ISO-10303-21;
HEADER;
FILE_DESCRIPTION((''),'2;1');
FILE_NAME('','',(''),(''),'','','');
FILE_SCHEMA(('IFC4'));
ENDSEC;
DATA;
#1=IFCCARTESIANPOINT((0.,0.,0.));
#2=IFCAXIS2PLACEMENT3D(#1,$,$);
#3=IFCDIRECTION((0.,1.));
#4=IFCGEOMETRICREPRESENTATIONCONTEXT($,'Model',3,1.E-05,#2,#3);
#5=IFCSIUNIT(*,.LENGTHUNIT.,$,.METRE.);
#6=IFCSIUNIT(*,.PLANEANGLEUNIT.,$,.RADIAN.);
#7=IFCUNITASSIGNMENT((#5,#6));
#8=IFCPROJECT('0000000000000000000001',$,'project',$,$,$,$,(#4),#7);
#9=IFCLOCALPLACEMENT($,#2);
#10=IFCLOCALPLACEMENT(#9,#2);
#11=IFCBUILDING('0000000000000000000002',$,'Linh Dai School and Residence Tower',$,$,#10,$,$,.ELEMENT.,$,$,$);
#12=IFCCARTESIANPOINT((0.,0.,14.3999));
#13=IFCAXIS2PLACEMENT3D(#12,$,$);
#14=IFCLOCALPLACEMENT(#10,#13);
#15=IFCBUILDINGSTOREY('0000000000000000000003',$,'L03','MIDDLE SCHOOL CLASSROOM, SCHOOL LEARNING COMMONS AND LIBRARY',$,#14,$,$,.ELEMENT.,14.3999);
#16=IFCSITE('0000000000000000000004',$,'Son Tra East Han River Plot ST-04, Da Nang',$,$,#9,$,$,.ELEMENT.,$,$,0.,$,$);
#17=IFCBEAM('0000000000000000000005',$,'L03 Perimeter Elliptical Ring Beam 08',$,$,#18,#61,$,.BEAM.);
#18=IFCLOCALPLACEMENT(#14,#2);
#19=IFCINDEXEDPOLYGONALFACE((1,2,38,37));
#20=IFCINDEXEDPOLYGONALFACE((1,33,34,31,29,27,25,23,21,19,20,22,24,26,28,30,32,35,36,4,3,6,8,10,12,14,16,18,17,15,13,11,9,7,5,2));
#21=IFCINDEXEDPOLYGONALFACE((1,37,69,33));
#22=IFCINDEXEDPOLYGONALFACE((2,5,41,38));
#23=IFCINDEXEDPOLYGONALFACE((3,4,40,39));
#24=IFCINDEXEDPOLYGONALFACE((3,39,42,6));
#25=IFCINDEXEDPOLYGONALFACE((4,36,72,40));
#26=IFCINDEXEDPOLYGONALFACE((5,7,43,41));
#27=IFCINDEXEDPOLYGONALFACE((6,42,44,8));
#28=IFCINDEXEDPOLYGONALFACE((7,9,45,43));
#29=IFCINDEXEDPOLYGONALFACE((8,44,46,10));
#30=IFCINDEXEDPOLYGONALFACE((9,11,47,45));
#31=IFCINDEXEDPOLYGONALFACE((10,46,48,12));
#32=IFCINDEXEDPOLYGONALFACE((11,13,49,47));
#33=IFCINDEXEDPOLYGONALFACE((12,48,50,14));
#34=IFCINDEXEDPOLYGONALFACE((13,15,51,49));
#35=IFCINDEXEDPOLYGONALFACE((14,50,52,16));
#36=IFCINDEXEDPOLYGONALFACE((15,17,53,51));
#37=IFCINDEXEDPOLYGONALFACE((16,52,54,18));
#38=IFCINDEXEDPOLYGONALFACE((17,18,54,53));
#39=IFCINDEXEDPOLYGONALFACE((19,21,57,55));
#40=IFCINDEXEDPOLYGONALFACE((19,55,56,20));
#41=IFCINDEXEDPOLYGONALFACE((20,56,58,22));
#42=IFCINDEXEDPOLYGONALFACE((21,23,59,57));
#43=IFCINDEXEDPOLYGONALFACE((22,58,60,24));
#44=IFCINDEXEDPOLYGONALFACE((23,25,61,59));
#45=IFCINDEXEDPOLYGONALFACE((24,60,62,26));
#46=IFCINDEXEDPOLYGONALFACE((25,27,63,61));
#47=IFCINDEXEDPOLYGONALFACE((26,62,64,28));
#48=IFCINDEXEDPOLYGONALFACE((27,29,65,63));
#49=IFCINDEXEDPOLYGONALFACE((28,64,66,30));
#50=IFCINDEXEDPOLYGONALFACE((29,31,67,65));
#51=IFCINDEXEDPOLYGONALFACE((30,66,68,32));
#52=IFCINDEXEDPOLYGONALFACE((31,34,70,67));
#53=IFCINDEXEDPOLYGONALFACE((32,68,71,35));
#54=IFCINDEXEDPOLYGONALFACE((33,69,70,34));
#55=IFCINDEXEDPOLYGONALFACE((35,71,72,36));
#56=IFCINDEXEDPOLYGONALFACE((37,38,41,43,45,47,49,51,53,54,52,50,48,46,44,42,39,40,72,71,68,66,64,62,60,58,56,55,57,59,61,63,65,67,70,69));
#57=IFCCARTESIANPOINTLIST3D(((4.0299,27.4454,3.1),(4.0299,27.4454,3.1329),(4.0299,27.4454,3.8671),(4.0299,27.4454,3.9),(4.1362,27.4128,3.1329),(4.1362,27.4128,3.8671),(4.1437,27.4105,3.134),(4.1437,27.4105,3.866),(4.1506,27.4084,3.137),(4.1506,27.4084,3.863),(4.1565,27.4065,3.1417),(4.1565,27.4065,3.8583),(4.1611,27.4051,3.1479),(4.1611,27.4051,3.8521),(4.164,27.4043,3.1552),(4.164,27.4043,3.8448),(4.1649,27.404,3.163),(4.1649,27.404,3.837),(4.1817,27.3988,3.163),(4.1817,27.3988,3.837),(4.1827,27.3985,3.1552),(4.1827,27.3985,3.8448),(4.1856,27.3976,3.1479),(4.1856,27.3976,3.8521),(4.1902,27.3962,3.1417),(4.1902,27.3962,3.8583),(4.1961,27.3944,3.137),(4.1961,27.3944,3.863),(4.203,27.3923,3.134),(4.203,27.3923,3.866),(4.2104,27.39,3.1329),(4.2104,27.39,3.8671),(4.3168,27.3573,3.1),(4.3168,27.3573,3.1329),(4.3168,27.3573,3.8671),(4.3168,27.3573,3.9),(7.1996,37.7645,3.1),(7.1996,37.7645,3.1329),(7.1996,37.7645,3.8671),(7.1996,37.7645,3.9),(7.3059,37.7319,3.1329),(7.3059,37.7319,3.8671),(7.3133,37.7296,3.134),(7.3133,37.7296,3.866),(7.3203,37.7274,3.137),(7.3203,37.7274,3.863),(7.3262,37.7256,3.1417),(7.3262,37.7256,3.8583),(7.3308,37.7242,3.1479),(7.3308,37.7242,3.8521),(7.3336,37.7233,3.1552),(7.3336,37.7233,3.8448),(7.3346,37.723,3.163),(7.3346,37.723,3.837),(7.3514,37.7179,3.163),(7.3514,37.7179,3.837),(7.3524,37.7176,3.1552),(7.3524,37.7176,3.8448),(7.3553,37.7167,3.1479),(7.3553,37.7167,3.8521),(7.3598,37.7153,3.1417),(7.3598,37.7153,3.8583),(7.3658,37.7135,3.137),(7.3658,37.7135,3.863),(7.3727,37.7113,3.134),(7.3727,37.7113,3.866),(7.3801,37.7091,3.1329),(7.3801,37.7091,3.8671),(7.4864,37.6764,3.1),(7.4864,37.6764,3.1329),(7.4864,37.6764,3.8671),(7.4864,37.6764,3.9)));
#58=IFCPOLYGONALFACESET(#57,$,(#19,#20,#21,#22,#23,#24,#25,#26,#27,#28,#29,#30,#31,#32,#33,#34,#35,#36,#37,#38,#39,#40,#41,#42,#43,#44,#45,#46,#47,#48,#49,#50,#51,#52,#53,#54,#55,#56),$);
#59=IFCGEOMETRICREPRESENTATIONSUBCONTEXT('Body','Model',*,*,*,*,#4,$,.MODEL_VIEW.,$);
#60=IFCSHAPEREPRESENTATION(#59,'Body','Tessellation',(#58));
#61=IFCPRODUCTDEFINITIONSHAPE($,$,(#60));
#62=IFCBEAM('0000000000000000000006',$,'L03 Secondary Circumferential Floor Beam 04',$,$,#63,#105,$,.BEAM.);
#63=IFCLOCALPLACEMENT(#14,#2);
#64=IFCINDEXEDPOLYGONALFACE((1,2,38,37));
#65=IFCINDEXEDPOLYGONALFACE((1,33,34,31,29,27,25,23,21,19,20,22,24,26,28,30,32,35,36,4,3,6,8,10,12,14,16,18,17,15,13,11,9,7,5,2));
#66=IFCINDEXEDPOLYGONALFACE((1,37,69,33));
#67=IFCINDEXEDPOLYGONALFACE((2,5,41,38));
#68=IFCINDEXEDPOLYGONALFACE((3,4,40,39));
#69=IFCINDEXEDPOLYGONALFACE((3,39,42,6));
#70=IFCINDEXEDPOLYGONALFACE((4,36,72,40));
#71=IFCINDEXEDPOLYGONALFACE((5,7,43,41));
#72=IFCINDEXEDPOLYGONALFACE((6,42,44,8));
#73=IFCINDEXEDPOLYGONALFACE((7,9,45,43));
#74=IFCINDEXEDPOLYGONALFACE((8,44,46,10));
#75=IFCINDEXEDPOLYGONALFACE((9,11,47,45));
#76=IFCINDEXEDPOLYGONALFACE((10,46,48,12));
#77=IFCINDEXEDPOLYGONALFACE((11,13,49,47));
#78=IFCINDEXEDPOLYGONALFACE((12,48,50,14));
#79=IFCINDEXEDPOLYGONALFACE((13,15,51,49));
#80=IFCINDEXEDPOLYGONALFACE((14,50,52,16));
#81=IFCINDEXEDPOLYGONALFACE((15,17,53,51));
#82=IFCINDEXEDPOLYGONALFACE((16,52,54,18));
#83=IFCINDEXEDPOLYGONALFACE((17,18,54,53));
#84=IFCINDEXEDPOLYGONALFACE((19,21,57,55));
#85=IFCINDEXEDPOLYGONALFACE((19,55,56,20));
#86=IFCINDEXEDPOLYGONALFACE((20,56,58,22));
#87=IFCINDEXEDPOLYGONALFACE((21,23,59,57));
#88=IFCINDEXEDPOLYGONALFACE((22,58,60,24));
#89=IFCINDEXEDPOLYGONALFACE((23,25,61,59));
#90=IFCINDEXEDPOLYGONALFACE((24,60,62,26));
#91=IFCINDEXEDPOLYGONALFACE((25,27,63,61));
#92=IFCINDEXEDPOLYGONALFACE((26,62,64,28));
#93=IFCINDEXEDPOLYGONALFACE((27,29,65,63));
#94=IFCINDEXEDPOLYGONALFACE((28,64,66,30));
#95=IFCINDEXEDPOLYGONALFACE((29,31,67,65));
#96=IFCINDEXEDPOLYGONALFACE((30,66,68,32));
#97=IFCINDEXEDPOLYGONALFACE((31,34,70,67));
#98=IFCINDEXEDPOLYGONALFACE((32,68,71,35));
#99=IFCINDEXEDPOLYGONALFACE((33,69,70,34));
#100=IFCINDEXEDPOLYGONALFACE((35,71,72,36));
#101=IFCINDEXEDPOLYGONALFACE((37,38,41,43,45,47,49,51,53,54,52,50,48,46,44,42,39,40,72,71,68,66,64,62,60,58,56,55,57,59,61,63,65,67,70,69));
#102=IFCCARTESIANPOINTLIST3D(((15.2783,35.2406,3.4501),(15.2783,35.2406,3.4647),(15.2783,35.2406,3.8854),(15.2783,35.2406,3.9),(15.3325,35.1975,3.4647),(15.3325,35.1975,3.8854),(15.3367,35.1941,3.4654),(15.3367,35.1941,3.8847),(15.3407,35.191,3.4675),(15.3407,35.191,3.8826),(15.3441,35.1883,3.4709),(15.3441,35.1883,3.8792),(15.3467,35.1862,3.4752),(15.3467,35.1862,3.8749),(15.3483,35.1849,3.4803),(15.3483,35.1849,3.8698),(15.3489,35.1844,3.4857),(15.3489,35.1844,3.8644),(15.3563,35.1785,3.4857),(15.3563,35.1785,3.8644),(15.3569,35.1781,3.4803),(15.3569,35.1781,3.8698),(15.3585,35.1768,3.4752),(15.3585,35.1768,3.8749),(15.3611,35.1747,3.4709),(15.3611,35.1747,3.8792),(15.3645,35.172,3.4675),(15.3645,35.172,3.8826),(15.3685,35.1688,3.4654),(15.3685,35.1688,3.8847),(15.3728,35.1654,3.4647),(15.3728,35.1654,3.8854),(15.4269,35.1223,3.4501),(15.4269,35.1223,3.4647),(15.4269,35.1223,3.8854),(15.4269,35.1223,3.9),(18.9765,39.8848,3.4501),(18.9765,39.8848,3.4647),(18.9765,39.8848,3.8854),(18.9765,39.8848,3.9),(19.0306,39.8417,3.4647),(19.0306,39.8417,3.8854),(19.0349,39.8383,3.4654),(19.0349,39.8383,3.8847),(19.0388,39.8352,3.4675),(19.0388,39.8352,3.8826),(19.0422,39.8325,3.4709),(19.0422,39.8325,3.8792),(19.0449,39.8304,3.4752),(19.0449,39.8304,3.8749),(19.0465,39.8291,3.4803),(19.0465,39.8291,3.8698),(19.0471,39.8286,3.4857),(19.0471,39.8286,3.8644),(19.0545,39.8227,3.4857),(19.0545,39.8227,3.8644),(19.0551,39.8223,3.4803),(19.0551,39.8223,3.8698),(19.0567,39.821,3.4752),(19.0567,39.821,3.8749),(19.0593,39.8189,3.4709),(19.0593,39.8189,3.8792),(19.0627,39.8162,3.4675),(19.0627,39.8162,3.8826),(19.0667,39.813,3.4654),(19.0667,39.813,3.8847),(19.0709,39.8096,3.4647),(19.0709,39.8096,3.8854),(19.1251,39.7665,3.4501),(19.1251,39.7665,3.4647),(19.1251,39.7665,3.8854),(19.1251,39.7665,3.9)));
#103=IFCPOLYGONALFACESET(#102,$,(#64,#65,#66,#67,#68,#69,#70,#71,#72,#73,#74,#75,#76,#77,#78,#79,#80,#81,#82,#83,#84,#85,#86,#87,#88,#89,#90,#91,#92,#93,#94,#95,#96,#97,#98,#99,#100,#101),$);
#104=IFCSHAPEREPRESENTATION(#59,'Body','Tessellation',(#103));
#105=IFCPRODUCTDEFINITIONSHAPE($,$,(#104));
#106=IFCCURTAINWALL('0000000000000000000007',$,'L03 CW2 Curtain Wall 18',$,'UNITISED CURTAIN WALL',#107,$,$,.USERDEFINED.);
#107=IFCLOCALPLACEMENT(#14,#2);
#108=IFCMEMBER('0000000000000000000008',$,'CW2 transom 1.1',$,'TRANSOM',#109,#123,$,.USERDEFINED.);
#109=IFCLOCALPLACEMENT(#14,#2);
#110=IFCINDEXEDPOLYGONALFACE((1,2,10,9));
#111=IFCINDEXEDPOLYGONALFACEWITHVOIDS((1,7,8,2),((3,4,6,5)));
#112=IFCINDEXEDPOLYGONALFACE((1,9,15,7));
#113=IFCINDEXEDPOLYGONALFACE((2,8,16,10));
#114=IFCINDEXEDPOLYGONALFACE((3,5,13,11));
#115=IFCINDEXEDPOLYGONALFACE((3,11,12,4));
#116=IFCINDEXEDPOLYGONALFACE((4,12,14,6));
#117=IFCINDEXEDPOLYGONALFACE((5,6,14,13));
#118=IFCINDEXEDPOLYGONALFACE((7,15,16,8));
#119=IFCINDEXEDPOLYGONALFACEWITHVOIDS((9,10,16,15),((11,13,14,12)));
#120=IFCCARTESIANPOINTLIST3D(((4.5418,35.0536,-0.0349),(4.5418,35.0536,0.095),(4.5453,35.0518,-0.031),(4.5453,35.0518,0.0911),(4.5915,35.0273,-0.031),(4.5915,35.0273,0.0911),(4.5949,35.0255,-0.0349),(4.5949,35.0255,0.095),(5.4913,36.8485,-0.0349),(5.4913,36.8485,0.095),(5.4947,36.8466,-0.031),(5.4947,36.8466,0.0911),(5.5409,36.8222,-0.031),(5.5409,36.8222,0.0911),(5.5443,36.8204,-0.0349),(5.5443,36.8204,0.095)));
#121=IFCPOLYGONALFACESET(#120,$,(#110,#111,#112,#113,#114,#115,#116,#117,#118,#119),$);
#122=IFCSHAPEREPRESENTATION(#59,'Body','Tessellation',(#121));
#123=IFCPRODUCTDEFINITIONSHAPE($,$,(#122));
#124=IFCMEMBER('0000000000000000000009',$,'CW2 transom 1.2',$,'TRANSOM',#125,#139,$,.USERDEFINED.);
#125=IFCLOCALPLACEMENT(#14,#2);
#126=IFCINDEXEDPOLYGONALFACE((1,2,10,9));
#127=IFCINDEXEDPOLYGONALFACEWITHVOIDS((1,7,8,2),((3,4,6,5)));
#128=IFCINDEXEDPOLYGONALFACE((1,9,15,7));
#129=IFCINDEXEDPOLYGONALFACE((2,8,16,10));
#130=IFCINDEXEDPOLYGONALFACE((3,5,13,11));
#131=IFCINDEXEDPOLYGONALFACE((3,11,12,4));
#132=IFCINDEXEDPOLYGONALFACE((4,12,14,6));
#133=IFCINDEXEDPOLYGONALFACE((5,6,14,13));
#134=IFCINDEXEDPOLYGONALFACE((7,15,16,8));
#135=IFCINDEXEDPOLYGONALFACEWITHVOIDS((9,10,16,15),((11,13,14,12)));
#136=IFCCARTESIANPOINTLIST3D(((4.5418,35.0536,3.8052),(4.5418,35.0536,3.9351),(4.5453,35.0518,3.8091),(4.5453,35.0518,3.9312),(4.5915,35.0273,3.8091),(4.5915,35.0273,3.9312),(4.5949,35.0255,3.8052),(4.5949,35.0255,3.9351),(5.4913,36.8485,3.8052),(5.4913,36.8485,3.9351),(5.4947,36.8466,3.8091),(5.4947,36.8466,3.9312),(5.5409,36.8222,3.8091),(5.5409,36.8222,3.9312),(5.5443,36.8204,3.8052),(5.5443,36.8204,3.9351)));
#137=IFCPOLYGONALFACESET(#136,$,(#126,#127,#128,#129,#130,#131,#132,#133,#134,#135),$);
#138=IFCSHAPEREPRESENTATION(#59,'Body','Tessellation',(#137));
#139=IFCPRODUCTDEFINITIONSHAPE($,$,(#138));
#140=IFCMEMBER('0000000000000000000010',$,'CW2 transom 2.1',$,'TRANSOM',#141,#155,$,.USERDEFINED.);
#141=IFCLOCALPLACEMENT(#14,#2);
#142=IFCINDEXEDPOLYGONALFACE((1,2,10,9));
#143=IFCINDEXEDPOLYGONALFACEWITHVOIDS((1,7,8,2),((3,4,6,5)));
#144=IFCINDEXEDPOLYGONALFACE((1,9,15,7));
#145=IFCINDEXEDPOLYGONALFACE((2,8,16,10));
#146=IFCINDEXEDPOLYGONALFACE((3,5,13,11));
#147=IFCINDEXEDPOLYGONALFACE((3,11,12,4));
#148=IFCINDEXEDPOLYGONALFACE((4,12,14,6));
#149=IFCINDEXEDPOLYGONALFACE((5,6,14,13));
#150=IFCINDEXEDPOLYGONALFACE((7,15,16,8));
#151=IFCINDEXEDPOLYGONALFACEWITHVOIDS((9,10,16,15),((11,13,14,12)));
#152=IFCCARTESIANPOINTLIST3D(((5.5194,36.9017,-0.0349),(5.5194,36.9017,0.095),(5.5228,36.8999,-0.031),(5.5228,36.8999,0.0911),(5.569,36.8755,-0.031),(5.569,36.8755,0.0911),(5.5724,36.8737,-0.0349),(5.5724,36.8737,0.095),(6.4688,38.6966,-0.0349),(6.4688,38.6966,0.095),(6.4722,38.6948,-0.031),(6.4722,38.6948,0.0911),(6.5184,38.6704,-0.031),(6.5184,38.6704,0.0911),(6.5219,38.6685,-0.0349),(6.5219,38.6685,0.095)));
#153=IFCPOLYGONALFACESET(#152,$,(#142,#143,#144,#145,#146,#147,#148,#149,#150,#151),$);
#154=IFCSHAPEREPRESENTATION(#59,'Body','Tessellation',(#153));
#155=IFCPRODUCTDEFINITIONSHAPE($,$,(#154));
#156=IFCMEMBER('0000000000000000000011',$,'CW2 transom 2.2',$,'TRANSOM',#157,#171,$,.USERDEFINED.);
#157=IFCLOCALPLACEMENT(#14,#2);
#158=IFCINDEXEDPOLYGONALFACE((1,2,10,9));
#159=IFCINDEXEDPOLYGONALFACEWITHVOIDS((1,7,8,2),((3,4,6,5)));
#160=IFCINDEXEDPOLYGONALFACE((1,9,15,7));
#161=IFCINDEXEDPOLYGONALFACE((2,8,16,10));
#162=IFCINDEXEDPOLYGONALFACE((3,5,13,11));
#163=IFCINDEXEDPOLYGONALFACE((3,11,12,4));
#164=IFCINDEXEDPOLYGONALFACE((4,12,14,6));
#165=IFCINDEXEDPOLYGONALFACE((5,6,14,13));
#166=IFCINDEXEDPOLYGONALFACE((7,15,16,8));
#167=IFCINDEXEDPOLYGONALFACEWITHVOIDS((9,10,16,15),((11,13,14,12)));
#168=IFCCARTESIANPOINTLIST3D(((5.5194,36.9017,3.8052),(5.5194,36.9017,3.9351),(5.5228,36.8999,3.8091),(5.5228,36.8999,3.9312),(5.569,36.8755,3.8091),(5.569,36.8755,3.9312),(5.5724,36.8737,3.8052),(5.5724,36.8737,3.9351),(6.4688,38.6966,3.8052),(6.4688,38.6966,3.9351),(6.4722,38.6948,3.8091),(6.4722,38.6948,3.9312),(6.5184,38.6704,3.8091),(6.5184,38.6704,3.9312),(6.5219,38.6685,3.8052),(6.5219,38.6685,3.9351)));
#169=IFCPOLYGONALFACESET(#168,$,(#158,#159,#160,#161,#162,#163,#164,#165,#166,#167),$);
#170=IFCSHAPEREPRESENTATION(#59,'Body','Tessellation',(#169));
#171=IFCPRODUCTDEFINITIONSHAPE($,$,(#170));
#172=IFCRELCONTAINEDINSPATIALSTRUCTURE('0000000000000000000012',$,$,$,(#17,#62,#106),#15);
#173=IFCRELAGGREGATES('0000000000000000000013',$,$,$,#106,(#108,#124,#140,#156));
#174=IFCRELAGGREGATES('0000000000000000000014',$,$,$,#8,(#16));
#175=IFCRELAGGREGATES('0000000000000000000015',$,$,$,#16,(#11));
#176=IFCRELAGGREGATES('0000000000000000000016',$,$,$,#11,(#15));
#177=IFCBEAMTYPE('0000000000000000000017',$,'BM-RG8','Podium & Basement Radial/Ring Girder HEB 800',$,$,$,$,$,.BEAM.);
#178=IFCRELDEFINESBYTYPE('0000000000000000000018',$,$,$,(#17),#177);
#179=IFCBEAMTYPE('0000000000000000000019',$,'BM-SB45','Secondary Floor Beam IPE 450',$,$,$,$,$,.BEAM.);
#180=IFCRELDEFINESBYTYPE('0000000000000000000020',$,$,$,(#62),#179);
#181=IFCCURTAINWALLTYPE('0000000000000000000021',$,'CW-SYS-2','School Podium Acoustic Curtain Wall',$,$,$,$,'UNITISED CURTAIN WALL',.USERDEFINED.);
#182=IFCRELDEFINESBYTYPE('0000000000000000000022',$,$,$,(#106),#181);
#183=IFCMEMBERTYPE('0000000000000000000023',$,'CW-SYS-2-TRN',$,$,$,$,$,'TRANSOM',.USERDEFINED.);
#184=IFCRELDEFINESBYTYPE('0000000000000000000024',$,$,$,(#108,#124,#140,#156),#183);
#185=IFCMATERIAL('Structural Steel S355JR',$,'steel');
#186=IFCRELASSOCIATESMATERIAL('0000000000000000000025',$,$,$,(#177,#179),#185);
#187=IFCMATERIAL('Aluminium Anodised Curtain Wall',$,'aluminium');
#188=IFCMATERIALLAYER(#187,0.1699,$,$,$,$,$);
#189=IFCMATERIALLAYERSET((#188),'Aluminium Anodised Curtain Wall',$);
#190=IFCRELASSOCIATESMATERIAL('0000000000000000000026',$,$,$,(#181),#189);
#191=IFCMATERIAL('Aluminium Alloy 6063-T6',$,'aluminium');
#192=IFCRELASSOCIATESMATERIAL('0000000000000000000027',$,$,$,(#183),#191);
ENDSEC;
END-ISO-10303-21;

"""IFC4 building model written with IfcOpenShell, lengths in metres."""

from ifc_helpers import new_model, si_unit, direction, frame, origin, origin_2d, place, context, subcontext, project, spatial, hollow_rectangle, i_section, extrude, source, transform, mapped, material, layer, layer_set, material_profile, profile_set, type_object, element, aggregate, save


model = new_model("IFC4")

# Units and contexts
model_context = context("Model", 3, precision=1e-05, world=origin(), true_north=direction((0.0, 1.0)))
body_context = subcontext(model_context, "Body", "Model", "MODEL_VIEW")
ifc_project = project(units=[si_unit("LENGTHUNIT", "METRE"), si_unit("PLANEANGLEUNIT", "RADIAN")], contexts=[model_context])

# Site, building, storey
site_placement = place(None, origin())
site = spatial("IfcSite", under=ifc_project, at=site_placement, Name="Son Tra East Han River Plot ST-04, Da Nang", CompositionType="ELEMENT", RefElevation=0.0)
building_placement = place(site_placement, origin())
building = spatial("IfcBuilding", under=site, at=building_placement, Name="Linh Dai School and Residence Tower", CompositionType="ELEMENT")
storey_placement = place(building_placement, frame((0.0, 0.0, 14.3999)))
storey = spatial("IfcBuildingStorey", under=building, at=storey_placement, Name="L03", Description="MIDDLE SCHOOL CLASSROOM, SCHOOL LEARNING COMMONS AND LIBRARY", CompositionType="ELEMENT", Elevation=14.3999)

# Shared definitions
ifc_material_1 = material(Name="Structural Steel S355JR", Category="steel")

# Beams
ifc_material_profile_1 = material_profile(ifc_material_1, i_section(OverallWidth=0.3, OverallDepth=0.8, WebThickness=0.0176, FlangeThickness=0.033, FilletRadius=0.03, at=origin_2d()), Name="HEB 800")
ifc_profile_set_1 = profile_set([ifc_material_profile_1], Name="Structural Steel S355JR")
beam_type_1 = type_object("IfcBeamType", Name="BM-RG8", Description="Podium & Basement Radial/Ring Girder HEB 800", PredefinedType="BEAM", material=ifc_profile_set_1)
beam_1_placement = place(storey_placement, frame((7.343, 37.7205, 3.5), z_axis=(-0.293627, -0.95592, 0.0), x_axis=(0.95592, -0.293627, 0.0)))
element("IfcBeam", 1, at=beam_1_placement, inside=storey, type_object=beam_type_1, Name="L03 Perimeter Elliptical Ring Beam 08", PredefinedType="BEAM", context=body_context, shape_type="SweptSolid", body=[
    extrude(i_section(OverallWidth=0.3, OverallDepth=0.8, WebThickness=0.0176, FlangeThickness=0.033, FilletRadius=0.03, at=origin_2d()), origin(), (0.0, 0.0, 1.0), 10.7949),
])
ifc_material_profile_2 = material_profile(ifc_material_1, i_section(OverallWidth=0.1899, OverallDepth=0.45, WebThickness=0.0095, FlangeThickness=0.0146, FilletRadius=0.021, at=origin_2d()), Name="IPE 450")
ifc_profile_set_2 = profile_set([ifc_material_profile_2], Name="Structural Steel S355JR")
beam_type_2 = type_object("IfcBeamType", Name="BM-SB45", Description="Secondary Floor Beam IPE 450", PredefinedType="BEAM", material=ifc_profile_set_2)
beam_2_placement = place(storey_placement, frame((19.0508, 39.8257, 3.675), z_axis=(-0.622928, -0.782279, 0.0), x_axis=(0.782279, -0.622928, 0.0)))
element("IfcBeam", 2, at=beam_2_placement, inside=storey, type_object=beam_type_2, Name="L03 Secondary Circumferential Floor Beam 04", PredefinedType="BEAM", context=body_context, shape_type="SweptSolid", body=[
    extrude(i_section(OverallWidth=0.1899, OverallDepth=0.45, WebThickness=0.0095, FlangeThickness=0.0146, FilletRadius=0.021, at=origin_2d()), origin(), (0.0, 0.0, 1.0), 5.9368),
])

# Curtain wall, members
ifc_material_2 = material(Name="Aluminium Anodised Curtain Wall", Category="aluminium")
ifc_layer_1 = layer(ifc_material_2, 0.1699)
ifc_layer_set_1 = layer_set([ifc_layer_1], Name="Aluminium Anodised Curtain Wall")
curtain_wall_type = type_object("IfcCurtainWallType", Name="CW-SYS-2", Description="School Podium Acoustic Curtain Wall", ElementType="UNITISED CURTAIN WALL", PredefinedType="USERDEFINED", material=ifc_layer_set_1)
curtain_wall_placement = place(storey_placement, origin())
curtain_wall = element("IfcCurtainWall", 3, at=curtain_wall_placement, inside=storey, type_object=curtain_wall_type, Name="L03 CW2 Curtain Wall 18", ObjectType="UNITISED CURTAIN WALL", PredefinedType="USERDEFINED")
ifc_material_3 = material(Name="Aluminium Alloy 6063-T6", Category="aluminium")
ifc_material_profile_3 = material_profile(ifc_material_3, hollow_rectangle(XDim=0.0601, YDim=0.1299, WallThickness=0.0039, at=origin_2d()), Name="RHS 130x60x4")
ifc_profile_set_3 = profile_set([ifc_material_profile_3], Name="Aluminium Alloy 6063-T6")
member_type_1 = type_object("IfcMemberType", Name="CW-SYS-2-TRN", ElementType="TRANSOM", PredefinedType="USERDEFINED", material=ifc_profile_set_3)
shared_shape_1 = source(origin(), body_context, "Body", "SweptSolid", [
    extrude(hollow_rectangle(XDim=0.0601, YDim=0.1299, WallThickness=0.0039, at=origin_2d()), origin(), (0.0, 0.0, 1.0), 2.0305),
])
member_1_placement = place(storey_placement, frame((4.5684, 35.0396, 0.03), z_axis=(0.467584, 0.883949, 0.0), x_axis=(-0.883949, 0.467584, 0.0)))
member_1 = element("IfcMember", 4, at=member_1_placement, type_object=member_type_1, Name="CW2 transom 1.1", ObjectType="TRANSOM", PredefinedType="USERDEFINED", context=body_context, shape_type="MappedRepresentation", body=[
    mapped(shared_shape_1, transform((0.0, 0.0, 0.0), x_axis=(1.0, 0.0, 0.0), y_axis=(0.0, 1.0, 0.0), z_axis=(0.0, 0.0, 1.0), scale=1.0)),
])
member_2_placement = place(storey_placement, frame((4.5684, 35.0396, 3.8701), z_axis=(0.467584, 0.883949, 0.0), x_axis=(-0.883949, 0.467584, 0.0)))
member_2 = element("IfcMember", 5, at=member_2_placement, type_object=member_type_1, Name="CW2 transom 1.2", ObjectType="TRANSOM", PredefinedType="USERDEFINED", context=body_context, shape_type="MappedRepresentation", body=[
    mapped(shared_shape_1, transform((0.0, 0.0, 0.0), x_axis=(1.0, 0.0, 0.0), y_axis=(0.0, 1.0, 0.0), z_axis=(0.0, 0.0, 1.0), scale=1.0)),
])
member_3_placement = place(storey_placement, frame((5.5459, 36.8877, 0.03), z_axis=(0.467584, 0.883949, 0.0), x_axis=(-0.883949, 0.467584, 0.0)))
member_3 = element("IfcMember", 6, at=member_3_placement, type_object=member_type_1, Name="CW2 transom 2.1", ObjectType="TRANSOM", PredefinedType="USERDEFINED", context=body_context, shape_type="MappedRepresentation", body=[
    mapped(shared_shape_1, transform((0.0, 0.0, 0.0), x_axis=(1.0, 0.0, 0.0), y_axis=(0.0, 1.0, 0.0), z_axis=(0.0, 0.0, 1.0), scale=1.0)),
])
member_4_placement = place(storey_placement, frame((5.5459, 36.8877, 3.8701), z_axis=(0.467584, 0.883949, 0.0), x_axis=(-0.883949, 0.467584, 0.0)))
member_4 = element("IfcMember", 7, at=member_4_placement, type_object=member_type_1, Name="CW2 transom 2.2", ObjectType="TRANSOM", PredefinedType="USERDEFINED", context=body_context, shape_type="MappedRepresentation", body=[
    mapped(shared_shape_1, transform((0.0, 0.0, 0.0), x_axis=(1.0, 0.0, 0.0), y_axis=(0.0, 1.0, 0.0), z_axis=(0.0, 0.0, 1.0), scale=1.0)),
])

aggregate(curtain_wall, [member_1, member_2, member_3, member_4])

save(model, "model.ifc")
